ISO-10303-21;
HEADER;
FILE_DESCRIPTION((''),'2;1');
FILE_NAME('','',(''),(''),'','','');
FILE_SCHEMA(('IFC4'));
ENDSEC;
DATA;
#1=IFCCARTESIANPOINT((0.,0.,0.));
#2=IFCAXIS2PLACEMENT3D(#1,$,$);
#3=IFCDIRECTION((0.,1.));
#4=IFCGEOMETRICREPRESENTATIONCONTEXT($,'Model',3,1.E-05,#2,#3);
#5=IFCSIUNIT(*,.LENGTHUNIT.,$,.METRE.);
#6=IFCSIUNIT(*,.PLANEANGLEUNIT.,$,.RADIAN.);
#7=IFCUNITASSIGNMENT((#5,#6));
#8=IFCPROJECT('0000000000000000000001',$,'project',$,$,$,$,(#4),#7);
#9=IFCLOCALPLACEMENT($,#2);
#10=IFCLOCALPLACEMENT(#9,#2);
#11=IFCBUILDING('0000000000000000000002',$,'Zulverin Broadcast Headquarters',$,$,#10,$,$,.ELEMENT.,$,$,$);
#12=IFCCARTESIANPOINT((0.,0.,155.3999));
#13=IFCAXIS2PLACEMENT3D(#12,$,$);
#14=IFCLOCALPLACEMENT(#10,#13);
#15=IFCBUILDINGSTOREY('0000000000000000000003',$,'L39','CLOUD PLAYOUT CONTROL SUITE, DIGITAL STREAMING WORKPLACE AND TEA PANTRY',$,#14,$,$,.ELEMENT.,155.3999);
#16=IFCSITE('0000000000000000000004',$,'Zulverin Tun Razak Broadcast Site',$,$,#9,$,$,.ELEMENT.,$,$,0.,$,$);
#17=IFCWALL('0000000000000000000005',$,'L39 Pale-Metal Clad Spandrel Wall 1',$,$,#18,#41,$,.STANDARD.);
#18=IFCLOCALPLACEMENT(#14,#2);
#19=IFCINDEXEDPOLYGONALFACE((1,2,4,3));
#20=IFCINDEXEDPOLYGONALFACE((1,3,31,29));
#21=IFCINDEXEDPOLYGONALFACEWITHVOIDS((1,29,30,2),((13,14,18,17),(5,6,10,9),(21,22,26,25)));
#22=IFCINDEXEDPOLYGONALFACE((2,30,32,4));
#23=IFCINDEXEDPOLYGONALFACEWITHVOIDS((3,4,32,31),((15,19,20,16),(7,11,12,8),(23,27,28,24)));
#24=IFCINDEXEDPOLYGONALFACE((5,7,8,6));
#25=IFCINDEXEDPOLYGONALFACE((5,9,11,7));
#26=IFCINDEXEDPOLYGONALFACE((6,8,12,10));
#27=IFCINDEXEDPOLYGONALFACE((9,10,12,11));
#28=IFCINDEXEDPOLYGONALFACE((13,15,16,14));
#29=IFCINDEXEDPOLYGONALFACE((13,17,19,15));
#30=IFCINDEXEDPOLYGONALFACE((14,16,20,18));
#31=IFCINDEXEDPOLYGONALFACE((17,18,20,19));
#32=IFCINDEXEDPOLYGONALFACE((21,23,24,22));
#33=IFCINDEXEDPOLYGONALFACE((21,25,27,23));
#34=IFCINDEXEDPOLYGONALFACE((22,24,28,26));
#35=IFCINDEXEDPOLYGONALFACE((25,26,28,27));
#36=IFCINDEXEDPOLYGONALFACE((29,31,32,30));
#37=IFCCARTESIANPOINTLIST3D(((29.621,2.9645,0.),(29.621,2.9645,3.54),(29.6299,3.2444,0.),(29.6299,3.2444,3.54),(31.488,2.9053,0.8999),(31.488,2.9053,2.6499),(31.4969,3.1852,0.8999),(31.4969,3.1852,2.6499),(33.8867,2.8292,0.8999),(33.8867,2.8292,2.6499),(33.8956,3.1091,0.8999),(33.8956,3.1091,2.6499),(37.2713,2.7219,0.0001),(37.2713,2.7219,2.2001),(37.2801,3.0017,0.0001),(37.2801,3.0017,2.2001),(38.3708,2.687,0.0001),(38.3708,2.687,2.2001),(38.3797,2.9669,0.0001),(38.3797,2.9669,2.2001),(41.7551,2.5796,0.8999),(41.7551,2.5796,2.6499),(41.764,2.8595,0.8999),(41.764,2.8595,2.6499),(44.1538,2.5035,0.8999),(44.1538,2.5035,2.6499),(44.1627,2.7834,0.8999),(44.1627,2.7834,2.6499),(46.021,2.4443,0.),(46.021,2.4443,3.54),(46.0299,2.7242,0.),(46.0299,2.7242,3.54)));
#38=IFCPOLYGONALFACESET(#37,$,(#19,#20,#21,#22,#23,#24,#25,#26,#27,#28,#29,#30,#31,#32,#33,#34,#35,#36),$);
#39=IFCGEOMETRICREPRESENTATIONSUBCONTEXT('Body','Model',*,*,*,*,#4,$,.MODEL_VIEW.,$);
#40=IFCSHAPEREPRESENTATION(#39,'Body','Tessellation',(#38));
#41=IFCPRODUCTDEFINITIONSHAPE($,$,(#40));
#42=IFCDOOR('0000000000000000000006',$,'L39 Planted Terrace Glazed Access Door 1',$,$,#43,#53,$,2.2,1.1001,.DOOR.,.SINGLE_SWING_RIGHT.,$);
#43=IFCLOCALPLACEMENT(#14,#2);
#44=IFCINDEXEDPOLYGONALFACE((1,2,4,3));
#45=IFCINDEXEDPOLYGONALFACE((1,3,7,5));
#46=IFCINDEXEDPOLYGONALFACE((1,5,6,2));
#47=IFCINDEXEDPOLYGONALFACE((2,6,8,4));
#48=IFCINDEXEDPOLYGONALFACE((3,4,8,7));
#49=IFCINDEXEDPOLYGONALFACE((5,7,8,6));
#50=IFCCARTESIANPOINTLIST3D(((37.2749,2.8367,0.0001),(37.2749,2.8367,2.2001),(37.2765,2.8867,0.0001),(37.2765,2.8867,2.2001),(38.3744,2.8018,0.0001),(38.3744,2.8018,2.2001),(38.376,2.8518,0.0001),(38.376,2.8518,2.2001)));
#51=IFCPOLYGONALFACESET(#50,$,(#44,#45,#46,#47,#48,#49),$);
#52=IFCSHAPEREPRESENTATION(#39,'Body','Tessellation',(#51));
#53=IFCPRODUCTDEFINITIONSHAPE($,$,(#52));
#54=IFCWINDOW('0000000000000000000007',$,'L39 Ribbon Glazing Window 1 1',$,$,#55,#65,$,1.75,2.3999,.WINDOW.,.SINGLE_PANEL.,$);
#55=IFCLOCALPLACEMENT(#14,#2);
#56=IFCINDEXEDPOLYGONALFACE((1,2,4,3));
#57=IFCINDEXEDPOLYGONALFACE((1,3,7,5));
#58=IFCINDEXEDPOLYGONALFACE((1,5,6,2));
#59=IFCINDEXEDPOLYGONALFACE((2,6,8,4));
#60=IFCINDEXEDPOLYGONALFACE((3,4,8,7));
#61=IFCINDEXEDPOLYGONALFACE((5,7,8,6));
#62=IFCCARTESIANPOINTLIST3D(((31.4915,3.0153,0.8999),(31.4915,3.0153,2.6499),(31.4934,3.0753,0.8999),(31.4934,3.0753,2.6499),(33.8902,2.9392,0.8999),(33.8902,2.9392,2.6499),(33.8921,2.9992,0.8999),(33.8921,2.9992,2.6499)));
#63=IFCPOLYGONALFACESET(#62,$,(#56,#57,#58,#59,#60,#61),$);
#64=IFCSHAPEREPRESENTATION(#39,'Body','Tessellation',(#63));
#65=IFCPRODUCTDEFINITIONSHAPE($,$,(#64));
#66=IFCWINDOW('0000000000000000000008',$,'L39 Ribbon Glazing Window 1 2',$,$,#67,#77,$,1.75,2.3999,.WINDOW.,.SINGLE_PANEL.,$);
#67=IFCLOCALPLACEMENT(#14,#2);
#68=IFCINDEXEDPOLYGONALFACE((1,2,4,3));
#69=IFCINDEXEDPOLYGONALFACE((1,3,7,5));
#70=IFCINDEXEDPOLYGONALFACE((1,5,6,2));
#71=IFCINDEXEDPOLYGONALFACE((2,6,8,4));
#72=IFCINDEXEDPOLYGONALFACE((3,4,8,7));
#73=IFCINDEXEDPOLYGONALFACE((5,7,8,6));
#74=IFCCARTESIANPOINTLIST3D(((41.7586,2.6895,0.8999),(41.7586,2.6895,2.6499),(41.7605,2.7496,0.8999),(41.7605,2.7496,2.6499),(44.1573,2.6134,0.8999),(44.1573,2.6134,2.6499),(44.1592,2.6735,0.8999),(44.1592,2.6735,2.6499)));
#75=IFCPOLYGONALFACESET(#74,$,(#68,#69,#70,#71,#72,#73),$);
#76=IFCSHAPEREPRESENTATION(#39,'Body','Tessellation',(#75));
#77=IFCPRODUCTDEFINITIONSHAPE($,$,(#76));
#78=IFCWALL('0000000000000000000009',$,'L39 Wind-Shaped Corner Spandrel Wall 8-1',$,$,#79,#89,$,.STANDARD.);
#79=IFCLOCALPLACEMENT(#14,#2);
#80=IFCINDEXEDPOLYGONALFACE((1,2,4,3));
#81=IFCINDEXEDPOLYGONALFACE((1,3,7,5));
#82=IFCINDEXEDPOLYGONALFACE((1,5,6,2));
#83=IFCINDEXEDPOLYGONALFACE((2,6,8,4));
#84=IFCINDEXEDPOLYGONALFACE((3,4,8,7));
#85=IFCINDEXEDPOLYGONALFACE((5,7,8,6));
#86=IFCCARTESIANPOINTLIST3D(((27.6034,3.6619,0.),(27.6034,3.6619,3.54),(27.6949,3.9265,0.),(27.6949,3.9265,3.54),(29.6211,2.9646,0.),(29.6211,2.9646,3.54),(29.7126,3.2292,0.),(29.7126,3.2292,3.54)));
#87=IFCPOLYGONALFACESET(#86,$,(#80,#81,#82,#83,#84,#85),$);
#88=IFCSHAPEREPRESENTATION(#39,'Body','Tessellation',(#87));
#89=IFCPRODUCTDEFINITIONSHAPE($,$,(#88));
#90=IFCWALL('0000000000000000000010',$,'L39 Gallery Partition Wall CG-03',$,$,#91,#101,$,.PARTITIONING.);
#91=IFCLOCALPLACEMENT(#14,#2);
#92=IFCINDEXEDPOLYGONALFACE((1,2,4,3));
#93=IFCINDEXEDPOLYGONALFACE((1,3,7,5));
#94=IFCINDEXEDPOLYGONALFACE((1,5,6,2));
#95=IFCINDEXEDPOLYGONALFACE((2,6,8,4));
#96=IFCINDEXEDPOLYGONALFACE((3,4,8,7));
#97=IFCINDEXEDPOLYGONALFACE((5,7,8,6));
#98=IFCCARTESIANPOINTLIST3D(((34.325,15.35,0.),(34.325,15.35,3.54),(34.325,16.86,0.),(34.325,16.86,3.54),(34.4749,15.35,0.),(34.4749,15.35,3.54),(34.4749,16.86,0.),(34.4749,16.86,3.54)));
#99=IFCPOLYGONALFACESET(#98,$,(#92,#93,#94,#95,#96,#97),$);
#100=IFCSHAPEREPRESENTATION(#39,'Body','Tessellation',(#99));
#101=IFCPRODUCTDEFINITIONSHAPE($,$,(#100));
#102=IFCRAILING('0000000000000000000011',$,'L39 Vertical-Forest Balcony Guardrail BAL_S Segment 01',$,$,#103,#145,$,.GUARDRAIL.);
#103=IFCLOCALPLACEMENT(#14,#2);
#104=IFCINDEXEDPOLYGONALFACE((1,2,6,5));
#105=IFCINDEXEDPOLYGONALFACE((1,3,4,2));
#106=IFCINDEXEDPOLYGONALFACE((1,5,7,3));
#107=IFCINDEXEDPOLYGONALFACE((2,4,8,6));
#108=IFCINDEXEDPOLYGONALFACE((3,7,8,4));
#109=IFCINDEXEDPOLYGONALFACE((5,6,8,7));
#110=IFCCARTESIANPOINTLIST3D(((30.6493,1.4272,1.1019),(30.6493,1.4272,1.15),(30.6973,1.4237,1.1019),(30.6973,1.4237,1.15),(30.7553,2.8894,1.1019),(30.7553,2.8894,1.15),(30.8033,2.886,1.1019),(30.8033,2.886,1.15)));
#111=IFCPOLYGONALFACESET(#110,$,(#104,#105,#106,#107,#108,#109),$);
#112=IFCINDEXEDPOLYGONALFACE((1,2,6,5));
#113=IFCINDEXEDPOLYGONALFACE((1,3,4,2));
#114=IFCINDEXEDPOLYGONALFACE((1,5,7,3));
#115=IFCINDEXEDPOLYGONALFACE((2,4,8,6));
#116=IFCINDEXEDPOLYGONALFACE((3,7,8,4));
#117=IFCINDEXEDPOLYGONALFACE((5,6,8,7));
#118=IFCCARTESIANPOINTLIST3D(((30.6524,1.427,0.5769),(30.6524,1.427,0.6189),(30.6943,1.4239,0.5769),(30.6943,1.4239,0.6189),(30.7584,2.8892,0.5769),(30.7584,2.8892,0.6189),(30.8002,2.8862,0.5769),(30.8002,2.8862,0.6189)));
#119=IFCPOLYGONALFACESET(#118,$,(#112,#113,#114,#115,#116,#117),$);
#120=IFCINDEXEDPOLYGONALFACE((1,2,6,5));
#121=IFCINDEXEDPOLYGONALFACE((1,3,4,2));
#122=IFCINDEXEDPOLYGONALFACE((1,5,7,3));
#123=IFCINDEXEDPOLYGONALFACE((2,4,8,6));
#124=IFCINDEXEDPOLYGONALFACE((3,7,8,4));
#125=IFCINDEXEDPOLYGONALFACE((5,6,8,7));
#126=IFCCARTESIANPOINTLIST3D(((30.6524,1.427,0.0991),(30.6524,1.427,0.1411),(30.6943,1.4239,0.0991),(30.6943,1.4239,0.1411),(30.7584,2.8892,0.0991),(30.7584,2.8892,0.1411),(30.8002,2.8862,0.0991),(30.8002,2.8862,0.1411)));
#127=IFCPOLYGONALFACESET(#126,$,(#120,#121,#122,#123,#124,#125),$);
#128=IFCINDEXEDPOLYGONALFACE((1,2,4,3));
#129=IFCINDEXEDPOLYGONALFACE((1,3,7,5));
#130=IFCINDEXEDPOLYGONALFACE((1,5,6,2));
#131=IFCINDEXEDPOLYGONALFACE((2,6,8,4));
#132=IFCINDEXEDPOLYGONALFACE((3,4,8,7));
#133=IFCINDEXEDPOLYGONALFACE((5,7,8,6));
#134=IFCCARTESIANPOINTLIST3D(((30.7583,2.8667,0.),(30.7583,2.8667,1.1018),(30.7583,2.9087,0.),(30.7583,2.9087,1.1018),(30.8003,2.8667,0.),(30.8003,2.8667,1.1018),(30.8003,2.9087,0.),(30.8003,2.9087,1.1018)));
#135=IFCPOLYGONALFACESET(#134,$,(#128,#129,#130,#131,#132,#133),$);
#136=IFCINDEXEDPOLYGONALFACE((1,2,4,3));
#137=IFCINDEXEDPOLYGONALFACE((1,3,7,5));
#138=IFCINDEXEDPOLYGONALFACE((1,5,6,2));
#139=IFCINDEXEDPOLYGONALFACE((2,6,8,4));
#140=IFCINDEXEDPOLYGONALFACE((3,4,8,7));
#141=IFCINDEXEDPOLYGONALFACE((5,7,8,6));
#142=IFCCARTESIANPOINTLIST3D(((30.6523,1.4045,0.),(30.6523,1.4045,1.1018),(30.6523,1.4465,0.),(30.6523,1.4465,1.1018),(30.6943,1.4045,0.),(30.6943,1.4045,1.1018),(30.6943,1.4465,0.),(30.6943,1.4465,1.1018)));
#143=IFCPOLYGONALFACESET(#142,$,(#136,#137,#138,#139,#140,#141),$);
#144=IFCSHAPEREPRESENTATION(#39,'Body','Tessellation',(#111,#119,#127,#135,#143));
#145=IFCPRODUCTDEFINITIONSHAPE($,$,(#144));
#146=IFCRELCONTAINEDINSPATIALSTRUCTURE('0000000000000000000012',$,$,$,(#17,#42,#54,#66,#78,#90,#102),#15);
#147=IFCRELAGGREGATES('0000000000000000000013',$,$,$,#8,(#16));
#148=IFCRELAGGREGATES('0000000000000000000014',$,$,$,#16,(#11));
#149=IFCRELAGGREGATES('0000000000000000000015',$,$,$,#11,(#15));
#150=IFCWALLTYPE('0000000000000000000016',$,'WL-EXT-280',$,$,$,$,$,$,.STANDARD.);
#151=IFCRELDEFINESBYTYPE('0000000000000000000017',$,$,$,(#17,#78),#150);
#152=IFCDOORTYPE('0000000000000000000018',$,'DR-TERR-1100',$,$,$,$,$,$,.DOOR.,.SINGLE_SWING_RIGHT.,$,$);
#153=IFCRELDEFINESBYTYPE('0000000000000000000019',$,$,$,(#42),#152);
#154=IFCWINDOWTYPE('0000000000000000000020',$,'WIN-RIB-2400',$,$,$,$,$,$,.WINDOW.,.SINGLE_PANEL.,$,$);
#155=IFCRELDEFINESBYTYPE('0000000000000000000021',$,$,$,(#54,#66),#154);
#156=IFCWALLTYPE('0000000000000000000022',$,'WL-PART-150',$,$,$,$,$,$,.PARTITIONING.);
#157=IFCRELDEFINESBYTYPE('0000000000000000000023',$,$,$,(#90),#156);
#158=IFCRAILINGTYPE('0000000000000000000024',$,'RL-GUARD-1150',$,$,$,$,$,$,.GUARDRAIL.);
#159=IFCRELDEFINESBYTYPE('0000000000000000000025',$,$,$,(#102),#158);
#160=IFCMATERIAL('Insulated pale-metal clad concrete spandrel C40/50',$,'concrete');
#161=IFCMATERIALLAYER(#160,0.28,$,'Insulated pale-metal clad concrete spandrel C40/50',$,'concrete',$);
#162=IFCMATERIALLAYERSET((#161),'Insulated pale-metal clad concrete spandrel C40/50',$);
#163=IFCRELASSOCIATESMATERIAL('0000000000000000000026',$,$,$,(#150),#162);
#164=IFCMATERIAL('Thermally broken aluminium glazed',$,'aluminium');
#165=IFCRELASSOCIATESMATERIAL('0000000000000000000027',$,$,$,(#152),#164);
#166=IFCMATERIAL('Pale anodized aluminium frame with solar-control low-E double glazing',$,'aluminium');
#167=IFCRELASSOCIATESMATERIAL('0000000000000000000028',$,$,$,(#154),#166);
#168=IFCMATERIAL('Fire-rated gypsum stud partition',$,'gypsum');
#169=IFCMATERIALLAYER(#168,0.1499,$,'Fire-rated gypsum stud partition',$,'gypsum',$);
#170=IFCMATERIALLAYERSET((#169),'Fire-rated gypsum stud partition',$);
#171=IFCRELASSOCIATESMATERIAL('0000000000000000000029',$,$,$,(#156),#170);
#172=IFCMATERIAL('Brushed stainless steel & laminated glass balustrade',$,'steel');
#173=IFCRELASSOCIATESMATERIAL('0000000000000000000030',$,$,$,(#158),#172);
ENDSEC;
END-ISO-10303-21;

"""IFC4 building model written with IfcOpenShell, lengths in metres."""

from ifc_helpers import new_model, si_unit, direction, frame, frame_2d, origin, origin_2d, place, context, subcontext, project, spatial, rectangle, extrude, material, layer, layer_set, type_object, element, fill, save


model = new_model("IFC4")

# Units and contexts
model_context = context("Model", 3, precision=1e-05, world=origin(), true_north=direction((0.0, 1.0)))
body_context = subcontext(model_context, "Body", "Model", "MODEL_VIEW")
ifc_project = project(units=[si_unit("LENGTHUNIT", "METRE"), si_unit("PLANEANGLEUNIT", "RADIAN")], contexts=[model_context])

# Site, building, storey
site_placement = place(None, origin())
site = spatial("IfcSite", under=ifc_project, at=site_placement, Name="Zulverin Tun Razak Broadcast Site", CompositionType="ELEMENT", RefElevation=0.0)
building_placement = place(site_placement, origin())
building = spatial("IfcBuilding", under=site, at=building_placement, Name="Zulverin Broadcast Headquarters", CompositionType="ELEMENT")
storey_placement = place(building_placement, frame((0.0, 0.0, 155.3999)))
storey = spatial("IfcBuildingStorey", under=building, at=storey_placement, Name="L39", Description="CLOUD PLAYOUT CONTROL SUITE, DIGITAL STREAMING WORKPLACE AND TEA PANTRY", CompositionType="ELEMENT", Elevation=155.3999)

# Wall, openings, door, windows
ifc_material_1 = material(Name="Insulated pale-metal clad concrete spandrel C40/50", Category="concrete")
ifc_layer_1 = layer(ifc_material_1, 0.28, Name="Insulated pale-metal clad concrete spandrel C40/50", Category="concrete")
ifc_layer_set_1 = layer_set([ifc_layer_1], Name="Insulated pale-metal clad concrete spandrel C40/50")
wall_type_1 = type_object("IfcWallType", Name="WL-EXT-280", PredefinedType="STANDARD", material=ifc_layer_set_1)
wall_1_placement = place(storey_placement, frame((29.6255, 3.1045, 0.0), z_axis=(0.0, 0.0, 1.0), x_axis=(0.999497, -0.031708, 0.0)))
wall_1 = element("IfcWall", 1, at=wall_1_placement, inside=storey, type_object=wall_type_1, Name="L39 Pale-Metal Clad Spandrel Wall 1", PredefinedType="STANDARD", context=body_context, shape_type="SweptSolid", body=[
    extrude(rectangle(XDim=16.4082, YDim=0.28, at=frame_2d((8.2041, 0.0))), origin(), (0.0, 0.0, 1.0), 3.54),
])
opening_1_placement = place(wall_1_placement, frame((7.6541, 0.0, 0.0)))
opening_1 = element("IfcOpeningElement", 2, at=opening_1_placement, cuts=wall_1, PredefinedType="OPENING", context=body_context, shape_type="SweptSolid", body=[
    extrude(rectangle(XDim=1.1001, YDim=2.2, at=frame_2d((0.55, 1.1001))), frame((0.0, 0.1499, 0.0), z_axis=(0.0, -1.0, 0.0), x_axis=(1.0, 0.0, 0.0)), (0.0, 0.0, 1.0), 0.3),
])
opening_2_placement = place(wall_1_placement, frame((1.8679, 0.0, 0.8999)))
opening_2 = element("IfcOpeningElement", 3, at=opening_2_placement, cuts=wall_1, PredefinedType="OPENING", context=body_context, shape_type="SweptSolid", body=[
    extrude(rectangle(XDim=2.3999, YDim=1.75, at=frame_2d((1.2, 0.875))), frame((0.0, 0.1499, 0.0), z_axis=(0.0, -1.0, 0.0), x_axis=(1.0, 0.0, 0.0)), (0.0, 0.0, 1.0), 0.3),
])
opening_3_placement = place(wall_1_placement, frame((12.1401, 0.0, 0.8999)))
opening_3 = element("IfcOpeningElement", 4, at=opening_3_placement, cuts=wall_1, PredefinedType="OPENING", context=body_context, shape_type="SweptSolid", body=[
    extrude(rectangle(XDim=2.3999, YDim=1.75, at=frame_2d((1.2, 0.875))), frame((0.0, 0.1499, 0.0), z_axis=(0.0, -1.0, 0.0), x_axis=(1.0, 0.0, 0.0)), (0.0, 0.0, 1.0), 0.3),
])
ifc_material_2 = material(Name="Thermally broken aluminium glazed", Category="aluminium")
door_type = type_object("IfcDoorType", Name="DR-TERR-1100", OperationType="SINGLE_SWING_RIGHT", PredefinedType="DOOR", material=ifc_material_2)
door_placement = place(opening_1_placement, origin())
door = element("IfcDoor", 5, at=door_placement, inside=storey, type_object=door_type, Name="L39 Planted Terrace Glazed Access Door 1", OperationType="SINGLE_SWING_RIGHT", OverallHeight=2.2, OverallWidth=1.1001, PredefinedType="DOOR", context=body_context, shape_type="SweptSolid", body=[
    extrude(rectangle(XDim=1.1001, YDim=2.2, at=frame_2d((0.55, 1.1001))), frame((0.0, 0.0249, 0.0), z_axis=(0.0, -1.0, 0.0), x_axis=(1.0, 0.0, 0.0)), (0.0, 0.0, 1.0), 0.05),
])
fill(opening_1, door)
ifc_material_3 = material(Name="Pale anodized aluminium frame with solar-control low-E double glazing", Category="aluminium")
window_type = type_object("IfcWindowType", Name="WIN-RIB-2400", PartitioningType="SINGLE_PANEL", PredefinedType="WINDOW", material=ifc_material_3)
window_1_placement = place(opening_2_placement, origin())
window_1 = element("IfcWindow", 6, at=window_1_placement, inside=storey, type_object=window_type, Name="L39 Ribbon Glazing Window 1 1", OverallHeight=1.75, OverallWidth=2.3999, PartitioningType="SINGLE_PANEL", PredefinedType="WINDOW", context=body_context, shape_type="SweptSolid", body=[
    extrude(rectangle(XDim=2.3999, YDim=1.75, at=frame_2d((1.2, 0.875))), frame((0.0, 0.03, 0.0), z_axis=(0.0, -1.0, 0.0), x_axis=(1.0, 0.0, 0.0)), (0.0, 0.0, 1.0), 0.0601),
])
fill(opening_2, window_1)
window_2_placement = place(opening_3_placement, origin())
window_2 = element("IfcWindow", 7, at=window_2_placement, inside=storey, type_object=window_type, Name="L39 Ribbon Glazing Window 1 2", OverallHeight=1.75, OverallWidth=2.3999, PartitioningType="SINGLE_PANEL", PredefinedType="WINDOW", context=body_context, shape_type="SweptSolid", body=[
    extrude(rectangle(XDim=2.3999, YDim=1.75, at=frame_2d((1.2, 0.875))), frame((0.0, 0.03, 0.0), z_axis=(0.0, -1.0, 0.0), x_axis=(1.0, 0.0, 0.0)), (0.0, 0.0, 1.0), 0.0601),
])
fill(opening_3, window_2)

# Walls
wall_2_placement = place(storey_placement, frame((27.6492, 3.7942, 0.0), z_axis=(0.0, 0.0, 1.0), x_axis=(0.945149, -0.326639, 0.0)))
element("IfcWall", 8, at=wall_2_placement, inside=storey, type_object=wall_type_1, Name="L39 Wind-Shaped Corner Spandrel Wall 8-1", PredefinedType="STANDARD", context=body_context, shape_type="SweptSolid", body=[
    extrude(rectangle(XDim=2.1348, YDim=0.28, at=frame_2d((1.0674, 0.0))), origin(), (0.0, 0.0, 1.0), 3.54),
])
ifc_material_4 = material(Name="Fire-rated gypsum stud partition", Category="gypsum")
ifc_layer_2 = layer(ifc_material_4, 0.1499, Name="Fire-rated gypsum stud partition", Category="gypsum")
ifc_layer_set_2 = layer_set([ifc_layer_2], Name="Fire-rated gypsum stud partition")
wall_type_2 = type_object("IfcWallType", Name="WL-PART-150", PredefinedType="PARTITIONING", material=ifc_layer_set_2)
wall_3_placement = place(storey_placement, frame((34.3999, 15.3501, 0.0), z_axis=(0.0, 0.0, 1.0), x_axis=(0.0, 1.0, 0.0)))
element("IfcWall", 9, at=wall_3_placement, inside=storey, type_object=wall_type_2, Name="L39 Gallery Partition Wall CG-03", PredefinedType="PARTITIONING", context=body_context, shape_type="SweptSolid", body=[
    extrude(rectangle(XDim=1.51, YDim=0.1499, at=frame_2d((0.7549, 0.0))), origin(), (0.0, 0.0, 1.0), 3.54),
])

# Railing
ifc_material_5 = material(Name="Brushed stainless steel & laminated glass balustrade", Category="steel")
railing_type = type_object("IfcRailingType", Name="RL-GUARD-1150", PredefinedType="GUARDRAIL", material=ifc_material_5)
railing_1_placement = place(storey_placement, frame((30.7793, 2.8877, 0.0)))
element("IfcRailing", 10, at=railing_1_placement, inside=storey, type_object=railing_type, Name="L39 Vertical-Forest Balcony Guardrail BAL_S Segment 01", PredefinedType="GUARDRAIL", context=body_context, shape_type="SweptSolid", body=[
    extrude(rectangle(XDim=0.0481, YDim=0.0481, at=origin_2d()), frame((0.0, 0.0, 1.126), z_axis=(-0.072277, -0.997385, 0.0), x_axis=(0.997385, -0.072277, 0.0)), (0.0, 0.0, 1.0), 1.4661),
    extrude(rectangle(XDim=0.042, YDim=0.042, at=origin_2d()), frame((0.0, 0.0, 0.5979), z_axis=(-0.072277, -0.997385, 0.0), x_axis=(0.997385, -0.072277, 0.0)), (0.0, 0.0, 1.0), 1.4661),
    extrude(rectangle(XDim=0.042, YDim=0.042, at=origin_2d()), frame((0.0, 0.0, 0.1201), z_axis=(-0.072277, -0.997385, 0.0), x_axis=(0.997385, -0.072277, 0.0)), (0.0, 0.0, 1.0), 1.4661),
    extrude(rectangle(XDim=0.042, YDim=0.042, at=origin_2d()), origin(), (0.0, 0.0, 1.0), 1.1018),
    extrude(rectangle(XDim=0.042, YDim=0.042, at=origin_2d()), frame((-0.106, -1.4622, 0.0)), (0.0, 0.0, 1.0), 1.1018),
])

save(model, "model.ifc")
